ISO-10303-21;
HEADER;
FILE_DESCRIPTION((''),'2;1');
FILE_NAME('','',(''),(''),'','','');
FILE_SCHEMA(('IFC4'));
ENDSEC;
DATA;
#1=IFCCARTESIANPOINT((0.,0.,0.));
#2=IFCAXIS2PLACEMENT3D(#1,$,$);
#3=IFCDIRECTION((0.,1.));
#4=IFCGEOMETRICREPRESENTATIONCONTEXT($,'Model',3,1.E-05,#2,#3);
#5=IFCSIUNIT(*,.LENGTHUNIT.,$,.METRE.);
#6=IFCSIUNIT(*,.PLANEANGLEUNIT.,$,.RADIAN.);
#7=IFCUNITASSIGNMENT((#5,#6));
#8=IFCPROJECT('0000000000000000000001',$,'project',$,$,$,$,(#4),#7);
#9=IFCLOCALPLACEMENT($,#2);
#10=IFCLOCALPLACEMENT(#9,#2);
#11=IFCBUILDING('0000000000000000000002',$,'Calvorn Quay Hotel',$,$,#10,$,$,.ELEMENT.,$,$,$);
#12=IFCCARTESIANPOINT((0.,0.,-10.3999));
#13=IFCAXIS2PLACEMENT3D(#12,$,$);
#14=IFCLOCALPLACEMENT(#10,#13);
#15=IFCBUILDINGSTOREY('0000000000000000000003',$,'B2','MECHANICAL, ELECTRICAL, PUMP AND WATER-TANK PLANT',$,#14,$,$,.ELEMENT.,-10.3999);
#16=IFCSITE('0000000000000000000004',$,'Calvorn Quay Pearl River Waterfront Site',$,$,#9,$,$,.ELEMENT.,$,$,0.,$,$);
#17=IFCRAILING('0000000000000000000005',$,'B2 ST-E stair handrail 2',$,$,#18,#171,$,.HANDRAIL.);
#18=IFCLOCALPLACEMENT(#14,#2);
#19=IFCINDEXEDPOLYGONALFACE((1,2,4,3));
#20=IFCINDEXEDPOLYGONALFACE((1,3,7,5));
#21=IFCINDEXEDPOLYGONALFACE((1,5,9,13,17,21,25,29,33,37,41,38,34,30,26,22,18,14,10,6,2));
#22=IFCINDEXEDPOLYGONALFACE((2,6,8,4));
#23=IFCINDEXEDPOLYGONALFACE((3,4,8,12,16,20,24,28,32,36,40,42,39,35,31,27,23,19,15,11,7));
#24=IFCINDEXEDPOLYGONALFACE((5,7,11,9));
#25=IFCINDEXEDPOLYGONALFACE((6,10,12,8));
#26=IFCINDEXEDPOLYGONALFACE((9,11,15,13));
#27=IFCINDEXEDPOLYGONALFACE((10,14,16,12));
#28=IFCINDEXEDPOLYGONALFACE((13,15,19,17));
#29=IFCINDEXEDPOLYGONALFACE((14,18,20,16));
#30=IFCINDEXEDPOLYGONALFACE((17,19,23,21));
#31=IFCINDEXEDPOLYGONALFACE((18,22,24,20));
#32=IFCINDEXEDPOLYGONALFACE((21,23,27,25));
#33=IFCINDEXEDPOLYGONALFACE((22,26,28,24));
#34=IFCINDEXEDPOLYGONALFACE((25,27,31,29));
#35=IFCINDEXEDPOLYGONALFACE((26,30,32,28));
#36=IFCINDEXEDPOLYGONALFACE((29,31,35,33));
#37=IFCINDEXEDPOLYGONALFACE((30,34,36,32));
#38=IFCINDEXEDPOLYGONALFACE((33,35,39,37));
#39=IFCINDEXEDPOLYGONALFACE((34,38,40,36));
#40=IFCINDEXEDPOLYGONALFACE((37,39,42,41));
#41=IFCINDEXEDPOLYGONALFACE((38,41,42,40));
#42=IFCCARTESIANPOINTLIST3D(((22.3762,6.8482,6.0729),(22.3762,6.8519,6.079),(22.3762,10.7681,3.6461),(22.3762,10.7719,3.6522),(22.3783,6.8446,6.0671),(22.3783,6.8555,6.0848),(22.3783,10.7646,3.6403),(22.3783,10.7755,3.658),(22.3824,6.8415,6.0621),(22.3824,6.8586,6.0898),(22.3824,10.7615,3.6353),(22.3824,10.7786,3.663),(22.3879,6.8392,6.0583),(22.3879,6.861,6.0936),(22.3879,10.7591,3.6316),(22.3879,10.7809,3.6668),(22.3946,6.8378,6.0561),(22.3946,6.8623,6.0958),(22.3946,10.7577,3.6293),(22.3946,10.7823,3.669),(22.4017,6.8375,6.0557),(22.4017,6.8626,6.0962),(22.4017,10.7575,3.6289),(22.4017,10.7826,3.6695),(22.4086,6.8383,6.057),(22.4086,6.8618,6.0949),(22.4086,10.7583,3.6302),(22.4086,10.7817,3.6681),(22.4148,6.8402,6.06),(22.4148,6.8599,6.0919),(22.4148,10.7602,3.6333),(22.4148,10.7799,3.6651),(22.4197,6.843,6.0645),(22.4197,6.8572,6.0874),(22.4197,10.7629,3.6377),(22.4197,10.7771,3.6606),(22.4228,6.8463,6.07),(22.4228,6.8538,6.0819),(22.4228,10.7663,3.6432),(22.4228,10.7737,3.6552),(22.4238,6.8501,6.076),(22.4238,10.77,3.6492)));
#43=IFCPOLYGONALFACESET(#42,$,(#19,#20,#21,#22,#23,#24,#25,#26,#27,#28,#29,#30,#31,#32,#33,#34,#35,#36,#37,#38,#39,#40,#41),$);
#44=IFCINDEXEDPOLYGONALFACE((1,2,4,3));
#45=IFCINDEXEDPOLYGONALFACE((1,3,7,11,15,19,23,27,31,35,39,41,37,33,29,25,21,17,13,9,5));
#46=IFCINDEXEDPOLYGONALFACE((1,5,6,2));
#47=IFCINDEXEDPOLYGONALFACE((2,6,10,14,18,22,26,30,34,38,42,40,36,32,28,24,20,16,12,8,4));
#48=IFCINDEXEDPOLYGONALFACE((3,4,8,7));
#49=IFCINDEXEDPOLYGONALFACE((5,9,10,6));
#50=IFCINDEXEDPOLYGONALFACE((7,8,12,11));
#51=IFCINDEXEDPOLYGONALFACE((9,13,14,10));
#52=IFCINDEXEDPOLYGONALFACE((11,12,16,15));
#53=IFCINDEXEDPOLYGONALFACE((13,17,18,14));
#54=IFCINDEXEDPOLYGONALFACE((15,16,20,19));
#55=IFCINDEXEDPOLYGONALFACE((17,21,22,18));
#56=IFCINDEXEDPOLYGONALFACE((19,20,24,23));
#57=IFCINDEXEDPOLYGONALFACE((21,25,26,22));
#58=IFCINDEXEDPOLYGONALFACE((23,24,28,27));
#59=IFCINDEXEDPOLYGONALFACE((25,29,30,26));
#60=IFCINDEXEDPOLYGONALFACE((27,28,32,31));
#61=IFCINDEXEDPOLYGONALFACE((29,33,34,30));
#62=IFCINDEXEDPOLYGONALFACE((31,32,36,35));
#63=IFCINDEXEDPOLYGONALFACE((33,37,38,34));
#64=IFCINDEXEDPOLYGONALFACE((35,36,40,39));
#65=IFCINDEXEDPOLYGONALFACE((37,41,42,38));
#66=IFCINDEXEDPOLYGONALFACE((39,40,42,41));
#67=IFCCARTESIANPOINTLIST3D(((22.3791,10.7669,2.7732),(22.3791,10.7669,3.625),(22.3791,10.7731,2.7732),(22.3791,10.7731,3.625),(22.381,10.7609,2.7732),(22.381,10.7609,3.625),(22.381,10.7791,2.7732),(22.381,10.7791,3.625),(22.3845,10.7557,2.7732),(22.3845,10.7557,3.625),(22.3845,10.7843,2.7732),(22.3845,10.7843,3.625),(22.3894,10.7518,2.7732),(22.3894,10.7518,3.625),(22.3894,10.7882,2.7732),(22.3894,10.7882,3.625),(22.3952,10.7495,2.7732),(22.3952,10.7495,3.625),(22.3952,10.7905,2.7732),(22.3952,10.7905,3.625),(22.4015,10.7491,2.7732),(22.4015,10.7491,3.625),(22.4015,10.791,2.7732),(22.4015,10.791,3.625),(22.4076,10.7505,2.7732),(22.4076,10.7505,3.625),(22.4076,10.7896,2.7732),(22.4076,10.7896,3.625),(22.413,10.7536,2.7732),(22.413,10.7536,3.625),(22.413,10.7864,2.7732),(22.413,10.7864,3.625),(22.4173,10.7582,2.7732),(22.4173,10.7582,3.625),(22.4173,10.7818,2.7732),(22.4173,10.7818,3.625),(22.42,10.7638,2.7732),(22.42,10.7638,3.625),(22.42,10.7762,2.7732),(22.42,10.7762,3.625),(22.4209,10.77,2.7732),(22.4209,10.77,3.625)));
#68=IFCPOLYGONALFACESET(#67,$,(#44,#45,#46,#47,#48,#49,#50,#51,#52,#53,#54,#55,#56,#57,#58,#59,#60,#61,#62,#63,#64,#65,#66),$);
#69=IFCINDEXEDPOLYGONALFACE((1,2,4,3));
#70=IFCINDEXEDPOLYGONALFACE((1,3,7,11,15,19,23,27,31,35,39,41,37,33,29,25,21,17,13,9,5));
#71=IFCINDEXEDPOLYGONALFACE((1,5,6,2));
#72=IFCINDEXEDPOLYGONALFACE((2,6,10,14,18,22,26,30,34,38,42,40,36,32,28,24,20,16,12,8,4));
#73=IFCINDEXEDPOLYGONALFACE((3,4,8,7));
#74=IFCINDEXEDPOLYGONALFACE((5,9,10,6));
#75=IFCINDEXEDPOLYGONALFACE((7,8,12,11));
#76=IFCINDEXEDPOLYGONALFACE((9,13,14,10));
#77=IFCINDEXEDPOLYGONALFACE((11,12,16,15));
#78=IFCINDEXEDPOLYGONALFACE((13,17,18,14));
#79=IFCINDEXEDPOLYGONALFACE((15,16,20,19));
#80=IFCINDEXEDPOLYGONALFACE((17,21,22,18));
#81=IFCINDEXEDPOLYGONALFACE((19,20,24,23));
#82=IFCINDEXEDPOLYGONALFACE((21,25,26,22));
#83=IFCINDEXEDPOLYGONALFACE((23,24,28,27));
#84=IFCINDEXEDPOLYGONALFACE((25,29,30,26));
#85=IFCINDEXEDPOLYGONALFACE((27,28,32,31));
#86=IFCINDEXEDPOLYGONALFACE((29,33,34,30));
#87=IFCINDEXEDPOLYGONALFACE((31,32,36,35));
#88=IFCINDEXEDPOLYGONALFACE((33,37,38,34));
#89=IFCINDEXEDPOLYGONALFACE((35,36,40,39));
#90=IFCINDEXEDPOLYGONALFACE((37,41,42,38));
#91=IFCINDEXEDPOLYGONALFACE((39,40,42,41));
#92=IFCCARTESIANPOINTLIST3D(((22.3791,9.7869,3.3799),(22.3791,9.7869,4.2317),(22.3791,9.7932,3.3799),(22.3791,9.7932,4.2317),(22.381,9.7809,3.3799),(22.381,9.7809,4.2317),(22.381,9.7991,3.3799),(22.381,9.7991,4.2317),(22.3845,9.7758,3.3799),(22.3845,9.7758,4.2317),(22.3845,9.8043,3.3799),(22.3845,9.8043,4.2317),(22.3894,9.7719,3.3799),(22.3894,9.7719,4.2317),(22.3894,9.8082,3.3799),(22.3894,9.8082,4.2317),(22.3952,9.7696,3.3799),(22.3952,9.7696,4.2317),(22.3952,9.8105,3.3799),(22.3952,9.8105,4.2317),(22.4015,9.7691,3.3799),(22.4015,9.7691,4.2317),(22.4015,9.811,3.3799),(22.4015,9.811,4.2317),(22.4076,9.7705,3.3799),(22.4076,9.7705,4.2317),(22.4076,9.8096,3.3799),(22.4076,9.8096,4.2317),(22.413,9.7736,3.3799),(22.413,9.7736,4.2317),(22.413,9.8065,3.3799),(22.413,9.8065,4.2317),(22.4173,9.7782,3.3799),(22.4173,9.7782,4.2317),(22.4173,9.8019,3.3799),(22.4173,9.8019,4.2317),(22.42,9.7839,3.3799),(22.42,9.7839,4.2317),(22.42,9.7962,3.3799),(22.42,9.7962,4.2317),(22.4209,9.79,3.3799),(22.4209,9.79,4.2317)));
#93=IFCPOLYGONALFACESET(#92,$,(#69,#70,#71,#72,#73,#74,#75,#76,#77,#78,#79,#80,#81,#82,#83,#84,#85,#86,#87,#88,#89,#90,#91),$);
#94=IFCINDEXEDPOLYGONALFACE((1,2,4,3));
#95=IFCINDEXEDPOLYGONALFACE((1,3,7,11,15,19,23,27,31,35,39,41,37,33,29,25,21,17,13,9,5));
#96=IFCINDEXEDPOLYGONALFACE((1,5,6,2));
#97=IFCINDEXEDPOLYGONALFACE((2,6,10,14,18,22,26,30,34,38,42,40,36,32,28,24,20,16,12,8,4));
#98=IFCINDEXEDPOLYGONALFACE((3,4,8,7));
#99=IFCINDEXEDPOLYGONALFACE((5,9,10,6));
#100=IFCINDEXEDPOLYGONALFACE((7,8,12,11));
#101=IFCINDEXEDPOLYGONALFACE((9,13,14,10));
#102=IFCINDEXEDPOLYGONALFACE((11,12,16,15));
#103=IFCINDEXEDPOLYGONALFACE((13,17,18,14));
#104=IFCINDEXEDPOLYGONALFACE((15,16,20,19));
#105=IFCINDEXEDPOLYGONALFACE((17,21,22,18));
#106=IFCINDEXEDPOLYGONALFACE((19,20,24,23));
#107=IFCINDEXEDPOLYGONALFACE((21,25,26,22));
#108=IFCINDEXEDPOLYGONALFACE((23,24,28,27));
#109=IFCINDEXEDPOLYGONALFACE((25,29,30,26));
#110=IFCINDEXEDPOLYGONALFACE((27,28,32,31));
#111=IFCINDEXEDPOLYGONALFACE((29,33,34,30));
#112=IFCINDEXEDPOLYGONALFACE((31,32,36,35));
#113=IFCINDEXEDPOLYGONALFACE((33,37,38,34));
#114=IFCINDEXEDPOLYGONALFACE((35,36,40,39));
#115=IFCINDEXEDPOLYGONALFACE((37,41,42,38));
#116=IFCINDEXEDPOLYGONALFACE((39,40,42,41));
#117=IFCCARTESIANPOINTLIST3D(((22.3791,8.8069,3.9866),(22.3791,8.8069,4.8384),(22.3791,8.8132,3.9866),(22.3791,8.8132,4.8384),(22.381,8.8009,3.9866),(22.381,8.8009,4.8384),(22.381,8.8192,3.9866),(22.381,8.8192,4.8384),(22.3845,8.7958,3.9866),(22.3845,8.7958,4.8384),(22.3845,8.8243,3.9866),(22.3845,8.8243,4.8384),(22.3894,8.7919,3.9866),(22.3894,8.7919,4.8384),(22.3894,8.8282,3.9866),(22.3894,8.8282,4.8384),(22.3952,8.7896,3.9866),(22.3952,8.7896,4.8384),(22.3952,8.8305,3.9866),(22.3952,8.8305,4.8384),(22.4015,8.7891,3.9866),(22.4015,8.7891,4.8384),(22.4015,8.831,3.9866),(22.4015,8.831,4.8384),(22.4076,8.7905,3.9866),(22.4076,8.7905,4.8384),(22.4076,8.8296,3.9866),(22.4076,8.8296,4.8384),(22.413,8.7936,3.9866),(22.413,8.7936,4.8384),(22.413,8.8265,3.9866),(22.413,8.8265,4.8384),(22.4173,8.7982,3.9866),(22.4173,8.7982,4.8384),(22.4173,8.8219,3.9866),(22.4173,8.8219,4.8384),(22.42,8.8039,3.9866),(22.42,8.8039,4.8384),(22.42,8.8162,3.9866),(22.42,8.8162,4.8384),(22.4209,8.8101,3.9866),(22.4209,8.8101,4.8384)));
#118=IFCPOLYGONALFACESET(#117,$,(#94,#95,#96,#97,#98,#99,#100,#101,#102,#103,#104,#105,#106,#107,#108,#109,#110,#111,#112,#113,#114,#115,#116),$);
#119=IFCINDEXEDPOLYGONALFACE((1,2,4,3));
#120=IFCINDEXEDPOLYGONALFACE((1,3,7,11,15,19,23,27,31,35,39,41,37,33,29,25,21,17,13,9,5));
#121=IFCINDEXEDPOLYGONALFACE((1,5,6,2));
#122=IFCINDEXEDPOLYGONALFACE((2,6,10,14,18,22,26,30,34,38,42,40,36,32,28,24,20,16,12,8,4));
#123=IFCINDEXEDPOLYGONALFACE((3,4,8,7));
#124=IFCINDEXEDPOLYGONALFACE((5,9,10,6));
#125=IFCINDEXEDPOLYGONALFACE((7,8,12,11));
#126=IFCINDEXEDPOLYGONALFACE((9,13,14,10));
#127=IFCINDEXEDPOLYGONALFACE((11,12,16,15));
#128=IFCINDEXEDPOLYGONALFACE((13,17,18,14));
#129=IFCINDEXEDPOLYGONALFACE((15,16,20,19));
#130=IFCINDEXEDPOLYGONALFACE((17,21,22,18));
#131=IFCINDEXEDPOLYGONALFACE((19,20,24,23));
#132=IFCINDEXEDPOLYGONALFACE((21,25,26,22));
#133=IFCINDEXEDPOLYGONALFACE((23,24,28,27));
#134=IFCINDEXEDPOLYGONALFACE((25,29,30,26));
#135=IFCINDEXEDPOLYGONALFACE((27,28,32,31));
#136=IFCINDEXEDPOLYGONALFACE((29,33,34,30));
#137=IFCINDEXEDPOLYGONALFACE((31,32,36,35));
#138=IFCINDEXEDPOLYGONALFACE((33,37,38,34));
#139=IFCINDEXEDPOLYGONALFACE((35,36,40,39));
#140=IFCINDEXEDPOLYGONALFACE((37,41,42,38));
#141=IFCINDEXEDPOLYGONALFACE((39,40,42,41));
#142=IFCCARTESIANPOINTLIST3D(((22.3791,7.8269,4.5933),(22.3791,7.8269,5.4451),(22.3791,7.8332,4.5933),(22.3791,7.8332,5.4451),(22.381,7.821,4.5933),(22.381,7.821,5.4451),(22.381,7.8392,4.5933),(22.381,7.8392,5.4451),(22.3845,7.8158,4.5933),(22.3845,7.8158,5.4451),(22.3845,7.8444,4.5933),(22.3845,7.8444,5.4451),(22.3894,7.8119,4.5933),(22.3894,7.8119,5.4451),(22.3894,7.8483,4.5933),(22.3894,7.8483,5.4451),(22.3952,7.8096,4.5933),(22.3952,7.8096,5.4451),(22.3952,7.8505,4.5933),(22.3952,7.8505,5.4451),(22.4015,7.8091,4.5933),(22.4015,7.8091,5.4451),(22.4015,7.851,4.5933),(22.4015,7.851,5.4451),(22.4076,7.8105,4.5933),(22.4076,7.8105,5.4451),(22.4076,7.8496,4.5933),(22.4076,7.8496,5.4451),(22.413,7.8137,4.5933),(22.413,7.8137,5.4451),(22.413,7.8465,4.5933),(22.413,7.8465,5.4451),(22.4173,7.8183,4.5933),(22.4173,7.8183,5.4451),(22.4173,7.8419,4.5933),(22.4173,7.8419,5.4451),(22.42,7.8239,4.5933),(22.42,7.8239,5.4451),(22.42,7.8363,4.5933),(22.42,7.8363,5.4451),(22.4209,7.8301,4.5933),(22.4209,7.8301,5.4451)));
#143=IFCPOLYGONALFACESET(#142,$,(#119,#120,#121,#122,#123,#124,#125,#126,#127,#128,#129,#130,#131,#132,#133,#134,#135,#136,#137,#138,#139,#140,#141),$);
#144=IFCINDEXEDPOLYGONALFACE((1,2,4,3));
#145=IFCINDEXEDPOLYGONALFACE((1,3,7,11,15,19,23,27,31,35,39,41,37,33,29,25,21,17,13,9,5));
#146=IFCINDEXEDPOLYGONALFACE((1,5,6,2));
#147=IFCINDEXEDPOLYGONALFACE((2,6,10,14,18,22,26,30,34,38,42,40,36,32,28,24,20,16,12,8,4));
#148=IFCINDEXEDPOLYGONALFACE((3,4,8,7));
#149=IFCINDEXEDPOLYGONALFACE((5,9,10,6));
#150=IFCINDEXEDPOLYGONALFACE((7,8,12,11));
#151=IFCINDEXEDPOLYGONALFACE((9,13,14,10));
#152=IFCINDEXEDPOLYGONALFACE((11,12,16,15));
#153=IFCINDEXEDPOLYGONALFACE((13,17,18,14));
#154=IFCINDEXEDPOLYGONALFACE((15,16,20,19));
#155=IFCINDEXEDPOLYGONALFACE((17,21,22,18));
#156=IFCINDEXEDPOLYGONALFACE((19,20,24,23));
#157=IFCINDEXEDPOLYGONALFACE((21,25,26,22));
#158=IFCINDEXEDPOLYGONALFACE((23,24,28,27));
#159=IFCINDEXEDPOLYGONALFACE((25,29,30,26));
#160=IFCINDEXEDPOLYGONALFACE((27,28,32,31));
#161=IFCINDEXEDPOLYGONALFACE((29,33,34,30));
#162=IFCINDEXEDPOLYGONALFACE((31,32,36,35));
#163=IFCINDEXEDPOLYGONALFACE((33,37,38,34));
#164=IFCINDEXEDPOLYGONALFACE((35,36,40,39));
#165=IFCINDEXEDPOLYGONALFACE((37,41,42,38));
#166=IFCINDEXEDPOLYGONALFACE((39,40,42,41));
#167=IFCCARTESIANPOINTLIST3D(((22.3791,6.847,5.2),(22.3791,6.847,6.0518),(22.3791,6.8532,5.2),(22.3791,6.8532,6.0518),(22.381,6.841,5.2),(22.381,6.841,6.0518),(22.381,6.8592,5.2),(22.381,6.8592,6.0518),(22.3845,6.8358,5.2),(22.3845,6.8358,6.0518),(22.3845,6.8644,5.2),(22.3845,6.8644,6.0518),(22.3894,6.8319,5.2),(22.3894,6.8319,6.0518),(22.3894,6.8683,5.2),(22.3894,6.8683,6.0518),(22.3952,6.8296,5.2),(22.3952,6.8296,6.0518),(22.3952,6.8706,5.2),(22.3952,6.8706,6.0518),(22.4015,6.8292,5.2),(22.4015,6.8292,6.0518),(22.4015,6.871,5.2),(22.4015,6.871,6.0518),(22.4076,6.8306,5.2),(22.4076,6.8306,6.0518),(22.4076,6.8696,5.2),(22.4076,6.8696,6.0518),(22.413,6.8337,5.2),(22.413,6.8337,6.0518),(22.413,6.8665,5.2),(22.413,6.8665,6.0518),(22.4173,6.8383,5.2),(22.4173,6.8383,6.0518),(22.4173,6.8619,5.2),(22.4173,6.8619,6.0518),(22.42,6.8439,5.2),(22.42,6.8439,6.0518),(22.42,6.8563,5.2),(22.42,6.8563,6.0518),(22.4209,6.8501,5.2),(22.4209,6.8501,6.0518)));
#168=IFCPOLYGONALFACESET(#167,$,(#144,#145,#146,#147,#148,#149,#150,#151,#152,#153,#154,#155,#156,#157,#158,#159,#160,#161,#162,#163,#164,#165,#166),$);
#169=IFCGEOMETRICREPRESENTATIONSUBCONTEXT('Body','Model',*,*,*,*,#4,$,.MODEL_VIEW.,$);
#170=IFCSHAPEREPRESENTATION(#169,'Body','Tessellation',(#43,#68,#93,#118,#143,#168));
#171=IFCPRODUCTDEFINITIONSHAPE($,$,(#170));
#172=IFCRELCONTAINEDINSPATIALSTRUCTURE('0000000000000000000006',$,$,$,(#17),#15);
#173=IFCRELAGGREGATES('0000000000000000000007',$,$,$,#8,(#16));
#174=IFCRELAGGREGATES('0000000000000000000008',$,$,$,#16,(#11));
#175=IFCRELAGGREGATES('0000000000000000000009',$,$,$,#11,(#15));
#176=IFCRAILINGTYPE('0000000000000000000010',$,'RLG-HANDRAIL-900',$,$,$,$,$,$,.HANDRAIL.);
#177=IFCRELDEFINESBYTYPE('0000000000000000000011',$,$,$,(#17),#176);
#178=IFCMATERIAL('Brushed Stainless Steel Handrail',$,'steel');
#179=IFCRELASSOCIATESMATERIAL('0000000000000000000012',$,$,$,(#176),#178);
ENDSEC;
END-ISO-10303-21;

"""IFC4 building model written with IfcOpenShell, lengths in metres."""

from ifc_helpers import new_model, si_unit, direction, frame, origin, origin_2d, place, context, subcontext, project, spatial, circle, extrude, material, type_object, element, save


model = new_model("IFC4")

# Units and contexts
model_context = context("Model", 3, precision=1e-05, world=origin(), true_north=direction((0.0, 1.0)))
body_context = subcontext(model_context, "Body", "Model", "MODEL_VIEW")
ifc_project = project(units=[si_unit("LENGTHUNIT", "METRE"), si_unit("PLANEANGLEUNIT", "RADIAN")], contexts=[model_context])

# Site, building, storey
site_placement = place(None, origin())
site = spatial("IfcSite", under=ifc_project, at=site_placement, Name="Calvorn Quay Pearl River Waterfront Site", CompositionType="ELEMENT", RefElevation=0.0)
building_placement = place(site_placement, origin())
building = spatial("IfcBuilding", under=site, at=building_placement, Name="Calvorn Quay Hotel", CompositionType="ELEMENT")
storey_placement = place(building_placement, frame((0.0, 0.0, -10.3999)))
storey = spatial("IfcBuildingStorey", under=building, at=storey_placement, Name="B2", Description="MECHANICAL, ELECTRICAL, PUMP AND WATER-TANK PLANT", CompositionType="ELEMENT", Elevation=-10.3999)

# Railing
ifc_material_1 = material(Name="Brushed Stainless Steel Handrail", Category="steel")
railing_type = type_object("IfcRailingType", Name="RLG-HANDRAIL-900", PredefinedType="HANDRAIL", material=ifc_material_1)
railing_placement = place(storey_placement, frame((22.3999, 10.77, 2.7732)))
element("IfcRailing", 1, at=railing_placement, inside=storey, type_object=railing_type, Name="B2 ST-E stair handrail 2", PredefinedType="HANDRAIL", context=body_context, shape_type="SweptSolid", body=[
    extrude(circle(Radius=0.0239, at=origin_2d()), frame((0.0, 0.0, 0.876), z_axis=(0.0, -0.850252, 0.526376), x_axis=(1.0, 0.0, 0.0)), (0.0, 0.0, 1.0), 4.6104),
    extrude(circle(Radius=0.021, at=origin_2d()), origin(), (0.0, 0.0, 1.0), 0.8518),
    extrude(circle(Radius=0.021, at=origin_2d()), frame((0.0, -0.98, 0.6067)), (0.0, 0.0, 1.0), 0.8518),
    extrude(circle(Radius=0.021, at=origin_2d()), frame((0.0, -1.96, 1.2134)), (0.0, 0.0, 1.0), 0.8518),
    extrude(circle(Radius=0.021, at=origin_2d()), frame((0.0, -2.9399, 1.8201)), (0.0, 0.0, 1.0), 0.8518),
    extrude(circle(Radius=0.021, at=origin_2d()), frame((0.0, -3.9199, 2.4268)), (0.0, 0.0, 1.0), 0.8518),
])

save(model, "model.ifc")
